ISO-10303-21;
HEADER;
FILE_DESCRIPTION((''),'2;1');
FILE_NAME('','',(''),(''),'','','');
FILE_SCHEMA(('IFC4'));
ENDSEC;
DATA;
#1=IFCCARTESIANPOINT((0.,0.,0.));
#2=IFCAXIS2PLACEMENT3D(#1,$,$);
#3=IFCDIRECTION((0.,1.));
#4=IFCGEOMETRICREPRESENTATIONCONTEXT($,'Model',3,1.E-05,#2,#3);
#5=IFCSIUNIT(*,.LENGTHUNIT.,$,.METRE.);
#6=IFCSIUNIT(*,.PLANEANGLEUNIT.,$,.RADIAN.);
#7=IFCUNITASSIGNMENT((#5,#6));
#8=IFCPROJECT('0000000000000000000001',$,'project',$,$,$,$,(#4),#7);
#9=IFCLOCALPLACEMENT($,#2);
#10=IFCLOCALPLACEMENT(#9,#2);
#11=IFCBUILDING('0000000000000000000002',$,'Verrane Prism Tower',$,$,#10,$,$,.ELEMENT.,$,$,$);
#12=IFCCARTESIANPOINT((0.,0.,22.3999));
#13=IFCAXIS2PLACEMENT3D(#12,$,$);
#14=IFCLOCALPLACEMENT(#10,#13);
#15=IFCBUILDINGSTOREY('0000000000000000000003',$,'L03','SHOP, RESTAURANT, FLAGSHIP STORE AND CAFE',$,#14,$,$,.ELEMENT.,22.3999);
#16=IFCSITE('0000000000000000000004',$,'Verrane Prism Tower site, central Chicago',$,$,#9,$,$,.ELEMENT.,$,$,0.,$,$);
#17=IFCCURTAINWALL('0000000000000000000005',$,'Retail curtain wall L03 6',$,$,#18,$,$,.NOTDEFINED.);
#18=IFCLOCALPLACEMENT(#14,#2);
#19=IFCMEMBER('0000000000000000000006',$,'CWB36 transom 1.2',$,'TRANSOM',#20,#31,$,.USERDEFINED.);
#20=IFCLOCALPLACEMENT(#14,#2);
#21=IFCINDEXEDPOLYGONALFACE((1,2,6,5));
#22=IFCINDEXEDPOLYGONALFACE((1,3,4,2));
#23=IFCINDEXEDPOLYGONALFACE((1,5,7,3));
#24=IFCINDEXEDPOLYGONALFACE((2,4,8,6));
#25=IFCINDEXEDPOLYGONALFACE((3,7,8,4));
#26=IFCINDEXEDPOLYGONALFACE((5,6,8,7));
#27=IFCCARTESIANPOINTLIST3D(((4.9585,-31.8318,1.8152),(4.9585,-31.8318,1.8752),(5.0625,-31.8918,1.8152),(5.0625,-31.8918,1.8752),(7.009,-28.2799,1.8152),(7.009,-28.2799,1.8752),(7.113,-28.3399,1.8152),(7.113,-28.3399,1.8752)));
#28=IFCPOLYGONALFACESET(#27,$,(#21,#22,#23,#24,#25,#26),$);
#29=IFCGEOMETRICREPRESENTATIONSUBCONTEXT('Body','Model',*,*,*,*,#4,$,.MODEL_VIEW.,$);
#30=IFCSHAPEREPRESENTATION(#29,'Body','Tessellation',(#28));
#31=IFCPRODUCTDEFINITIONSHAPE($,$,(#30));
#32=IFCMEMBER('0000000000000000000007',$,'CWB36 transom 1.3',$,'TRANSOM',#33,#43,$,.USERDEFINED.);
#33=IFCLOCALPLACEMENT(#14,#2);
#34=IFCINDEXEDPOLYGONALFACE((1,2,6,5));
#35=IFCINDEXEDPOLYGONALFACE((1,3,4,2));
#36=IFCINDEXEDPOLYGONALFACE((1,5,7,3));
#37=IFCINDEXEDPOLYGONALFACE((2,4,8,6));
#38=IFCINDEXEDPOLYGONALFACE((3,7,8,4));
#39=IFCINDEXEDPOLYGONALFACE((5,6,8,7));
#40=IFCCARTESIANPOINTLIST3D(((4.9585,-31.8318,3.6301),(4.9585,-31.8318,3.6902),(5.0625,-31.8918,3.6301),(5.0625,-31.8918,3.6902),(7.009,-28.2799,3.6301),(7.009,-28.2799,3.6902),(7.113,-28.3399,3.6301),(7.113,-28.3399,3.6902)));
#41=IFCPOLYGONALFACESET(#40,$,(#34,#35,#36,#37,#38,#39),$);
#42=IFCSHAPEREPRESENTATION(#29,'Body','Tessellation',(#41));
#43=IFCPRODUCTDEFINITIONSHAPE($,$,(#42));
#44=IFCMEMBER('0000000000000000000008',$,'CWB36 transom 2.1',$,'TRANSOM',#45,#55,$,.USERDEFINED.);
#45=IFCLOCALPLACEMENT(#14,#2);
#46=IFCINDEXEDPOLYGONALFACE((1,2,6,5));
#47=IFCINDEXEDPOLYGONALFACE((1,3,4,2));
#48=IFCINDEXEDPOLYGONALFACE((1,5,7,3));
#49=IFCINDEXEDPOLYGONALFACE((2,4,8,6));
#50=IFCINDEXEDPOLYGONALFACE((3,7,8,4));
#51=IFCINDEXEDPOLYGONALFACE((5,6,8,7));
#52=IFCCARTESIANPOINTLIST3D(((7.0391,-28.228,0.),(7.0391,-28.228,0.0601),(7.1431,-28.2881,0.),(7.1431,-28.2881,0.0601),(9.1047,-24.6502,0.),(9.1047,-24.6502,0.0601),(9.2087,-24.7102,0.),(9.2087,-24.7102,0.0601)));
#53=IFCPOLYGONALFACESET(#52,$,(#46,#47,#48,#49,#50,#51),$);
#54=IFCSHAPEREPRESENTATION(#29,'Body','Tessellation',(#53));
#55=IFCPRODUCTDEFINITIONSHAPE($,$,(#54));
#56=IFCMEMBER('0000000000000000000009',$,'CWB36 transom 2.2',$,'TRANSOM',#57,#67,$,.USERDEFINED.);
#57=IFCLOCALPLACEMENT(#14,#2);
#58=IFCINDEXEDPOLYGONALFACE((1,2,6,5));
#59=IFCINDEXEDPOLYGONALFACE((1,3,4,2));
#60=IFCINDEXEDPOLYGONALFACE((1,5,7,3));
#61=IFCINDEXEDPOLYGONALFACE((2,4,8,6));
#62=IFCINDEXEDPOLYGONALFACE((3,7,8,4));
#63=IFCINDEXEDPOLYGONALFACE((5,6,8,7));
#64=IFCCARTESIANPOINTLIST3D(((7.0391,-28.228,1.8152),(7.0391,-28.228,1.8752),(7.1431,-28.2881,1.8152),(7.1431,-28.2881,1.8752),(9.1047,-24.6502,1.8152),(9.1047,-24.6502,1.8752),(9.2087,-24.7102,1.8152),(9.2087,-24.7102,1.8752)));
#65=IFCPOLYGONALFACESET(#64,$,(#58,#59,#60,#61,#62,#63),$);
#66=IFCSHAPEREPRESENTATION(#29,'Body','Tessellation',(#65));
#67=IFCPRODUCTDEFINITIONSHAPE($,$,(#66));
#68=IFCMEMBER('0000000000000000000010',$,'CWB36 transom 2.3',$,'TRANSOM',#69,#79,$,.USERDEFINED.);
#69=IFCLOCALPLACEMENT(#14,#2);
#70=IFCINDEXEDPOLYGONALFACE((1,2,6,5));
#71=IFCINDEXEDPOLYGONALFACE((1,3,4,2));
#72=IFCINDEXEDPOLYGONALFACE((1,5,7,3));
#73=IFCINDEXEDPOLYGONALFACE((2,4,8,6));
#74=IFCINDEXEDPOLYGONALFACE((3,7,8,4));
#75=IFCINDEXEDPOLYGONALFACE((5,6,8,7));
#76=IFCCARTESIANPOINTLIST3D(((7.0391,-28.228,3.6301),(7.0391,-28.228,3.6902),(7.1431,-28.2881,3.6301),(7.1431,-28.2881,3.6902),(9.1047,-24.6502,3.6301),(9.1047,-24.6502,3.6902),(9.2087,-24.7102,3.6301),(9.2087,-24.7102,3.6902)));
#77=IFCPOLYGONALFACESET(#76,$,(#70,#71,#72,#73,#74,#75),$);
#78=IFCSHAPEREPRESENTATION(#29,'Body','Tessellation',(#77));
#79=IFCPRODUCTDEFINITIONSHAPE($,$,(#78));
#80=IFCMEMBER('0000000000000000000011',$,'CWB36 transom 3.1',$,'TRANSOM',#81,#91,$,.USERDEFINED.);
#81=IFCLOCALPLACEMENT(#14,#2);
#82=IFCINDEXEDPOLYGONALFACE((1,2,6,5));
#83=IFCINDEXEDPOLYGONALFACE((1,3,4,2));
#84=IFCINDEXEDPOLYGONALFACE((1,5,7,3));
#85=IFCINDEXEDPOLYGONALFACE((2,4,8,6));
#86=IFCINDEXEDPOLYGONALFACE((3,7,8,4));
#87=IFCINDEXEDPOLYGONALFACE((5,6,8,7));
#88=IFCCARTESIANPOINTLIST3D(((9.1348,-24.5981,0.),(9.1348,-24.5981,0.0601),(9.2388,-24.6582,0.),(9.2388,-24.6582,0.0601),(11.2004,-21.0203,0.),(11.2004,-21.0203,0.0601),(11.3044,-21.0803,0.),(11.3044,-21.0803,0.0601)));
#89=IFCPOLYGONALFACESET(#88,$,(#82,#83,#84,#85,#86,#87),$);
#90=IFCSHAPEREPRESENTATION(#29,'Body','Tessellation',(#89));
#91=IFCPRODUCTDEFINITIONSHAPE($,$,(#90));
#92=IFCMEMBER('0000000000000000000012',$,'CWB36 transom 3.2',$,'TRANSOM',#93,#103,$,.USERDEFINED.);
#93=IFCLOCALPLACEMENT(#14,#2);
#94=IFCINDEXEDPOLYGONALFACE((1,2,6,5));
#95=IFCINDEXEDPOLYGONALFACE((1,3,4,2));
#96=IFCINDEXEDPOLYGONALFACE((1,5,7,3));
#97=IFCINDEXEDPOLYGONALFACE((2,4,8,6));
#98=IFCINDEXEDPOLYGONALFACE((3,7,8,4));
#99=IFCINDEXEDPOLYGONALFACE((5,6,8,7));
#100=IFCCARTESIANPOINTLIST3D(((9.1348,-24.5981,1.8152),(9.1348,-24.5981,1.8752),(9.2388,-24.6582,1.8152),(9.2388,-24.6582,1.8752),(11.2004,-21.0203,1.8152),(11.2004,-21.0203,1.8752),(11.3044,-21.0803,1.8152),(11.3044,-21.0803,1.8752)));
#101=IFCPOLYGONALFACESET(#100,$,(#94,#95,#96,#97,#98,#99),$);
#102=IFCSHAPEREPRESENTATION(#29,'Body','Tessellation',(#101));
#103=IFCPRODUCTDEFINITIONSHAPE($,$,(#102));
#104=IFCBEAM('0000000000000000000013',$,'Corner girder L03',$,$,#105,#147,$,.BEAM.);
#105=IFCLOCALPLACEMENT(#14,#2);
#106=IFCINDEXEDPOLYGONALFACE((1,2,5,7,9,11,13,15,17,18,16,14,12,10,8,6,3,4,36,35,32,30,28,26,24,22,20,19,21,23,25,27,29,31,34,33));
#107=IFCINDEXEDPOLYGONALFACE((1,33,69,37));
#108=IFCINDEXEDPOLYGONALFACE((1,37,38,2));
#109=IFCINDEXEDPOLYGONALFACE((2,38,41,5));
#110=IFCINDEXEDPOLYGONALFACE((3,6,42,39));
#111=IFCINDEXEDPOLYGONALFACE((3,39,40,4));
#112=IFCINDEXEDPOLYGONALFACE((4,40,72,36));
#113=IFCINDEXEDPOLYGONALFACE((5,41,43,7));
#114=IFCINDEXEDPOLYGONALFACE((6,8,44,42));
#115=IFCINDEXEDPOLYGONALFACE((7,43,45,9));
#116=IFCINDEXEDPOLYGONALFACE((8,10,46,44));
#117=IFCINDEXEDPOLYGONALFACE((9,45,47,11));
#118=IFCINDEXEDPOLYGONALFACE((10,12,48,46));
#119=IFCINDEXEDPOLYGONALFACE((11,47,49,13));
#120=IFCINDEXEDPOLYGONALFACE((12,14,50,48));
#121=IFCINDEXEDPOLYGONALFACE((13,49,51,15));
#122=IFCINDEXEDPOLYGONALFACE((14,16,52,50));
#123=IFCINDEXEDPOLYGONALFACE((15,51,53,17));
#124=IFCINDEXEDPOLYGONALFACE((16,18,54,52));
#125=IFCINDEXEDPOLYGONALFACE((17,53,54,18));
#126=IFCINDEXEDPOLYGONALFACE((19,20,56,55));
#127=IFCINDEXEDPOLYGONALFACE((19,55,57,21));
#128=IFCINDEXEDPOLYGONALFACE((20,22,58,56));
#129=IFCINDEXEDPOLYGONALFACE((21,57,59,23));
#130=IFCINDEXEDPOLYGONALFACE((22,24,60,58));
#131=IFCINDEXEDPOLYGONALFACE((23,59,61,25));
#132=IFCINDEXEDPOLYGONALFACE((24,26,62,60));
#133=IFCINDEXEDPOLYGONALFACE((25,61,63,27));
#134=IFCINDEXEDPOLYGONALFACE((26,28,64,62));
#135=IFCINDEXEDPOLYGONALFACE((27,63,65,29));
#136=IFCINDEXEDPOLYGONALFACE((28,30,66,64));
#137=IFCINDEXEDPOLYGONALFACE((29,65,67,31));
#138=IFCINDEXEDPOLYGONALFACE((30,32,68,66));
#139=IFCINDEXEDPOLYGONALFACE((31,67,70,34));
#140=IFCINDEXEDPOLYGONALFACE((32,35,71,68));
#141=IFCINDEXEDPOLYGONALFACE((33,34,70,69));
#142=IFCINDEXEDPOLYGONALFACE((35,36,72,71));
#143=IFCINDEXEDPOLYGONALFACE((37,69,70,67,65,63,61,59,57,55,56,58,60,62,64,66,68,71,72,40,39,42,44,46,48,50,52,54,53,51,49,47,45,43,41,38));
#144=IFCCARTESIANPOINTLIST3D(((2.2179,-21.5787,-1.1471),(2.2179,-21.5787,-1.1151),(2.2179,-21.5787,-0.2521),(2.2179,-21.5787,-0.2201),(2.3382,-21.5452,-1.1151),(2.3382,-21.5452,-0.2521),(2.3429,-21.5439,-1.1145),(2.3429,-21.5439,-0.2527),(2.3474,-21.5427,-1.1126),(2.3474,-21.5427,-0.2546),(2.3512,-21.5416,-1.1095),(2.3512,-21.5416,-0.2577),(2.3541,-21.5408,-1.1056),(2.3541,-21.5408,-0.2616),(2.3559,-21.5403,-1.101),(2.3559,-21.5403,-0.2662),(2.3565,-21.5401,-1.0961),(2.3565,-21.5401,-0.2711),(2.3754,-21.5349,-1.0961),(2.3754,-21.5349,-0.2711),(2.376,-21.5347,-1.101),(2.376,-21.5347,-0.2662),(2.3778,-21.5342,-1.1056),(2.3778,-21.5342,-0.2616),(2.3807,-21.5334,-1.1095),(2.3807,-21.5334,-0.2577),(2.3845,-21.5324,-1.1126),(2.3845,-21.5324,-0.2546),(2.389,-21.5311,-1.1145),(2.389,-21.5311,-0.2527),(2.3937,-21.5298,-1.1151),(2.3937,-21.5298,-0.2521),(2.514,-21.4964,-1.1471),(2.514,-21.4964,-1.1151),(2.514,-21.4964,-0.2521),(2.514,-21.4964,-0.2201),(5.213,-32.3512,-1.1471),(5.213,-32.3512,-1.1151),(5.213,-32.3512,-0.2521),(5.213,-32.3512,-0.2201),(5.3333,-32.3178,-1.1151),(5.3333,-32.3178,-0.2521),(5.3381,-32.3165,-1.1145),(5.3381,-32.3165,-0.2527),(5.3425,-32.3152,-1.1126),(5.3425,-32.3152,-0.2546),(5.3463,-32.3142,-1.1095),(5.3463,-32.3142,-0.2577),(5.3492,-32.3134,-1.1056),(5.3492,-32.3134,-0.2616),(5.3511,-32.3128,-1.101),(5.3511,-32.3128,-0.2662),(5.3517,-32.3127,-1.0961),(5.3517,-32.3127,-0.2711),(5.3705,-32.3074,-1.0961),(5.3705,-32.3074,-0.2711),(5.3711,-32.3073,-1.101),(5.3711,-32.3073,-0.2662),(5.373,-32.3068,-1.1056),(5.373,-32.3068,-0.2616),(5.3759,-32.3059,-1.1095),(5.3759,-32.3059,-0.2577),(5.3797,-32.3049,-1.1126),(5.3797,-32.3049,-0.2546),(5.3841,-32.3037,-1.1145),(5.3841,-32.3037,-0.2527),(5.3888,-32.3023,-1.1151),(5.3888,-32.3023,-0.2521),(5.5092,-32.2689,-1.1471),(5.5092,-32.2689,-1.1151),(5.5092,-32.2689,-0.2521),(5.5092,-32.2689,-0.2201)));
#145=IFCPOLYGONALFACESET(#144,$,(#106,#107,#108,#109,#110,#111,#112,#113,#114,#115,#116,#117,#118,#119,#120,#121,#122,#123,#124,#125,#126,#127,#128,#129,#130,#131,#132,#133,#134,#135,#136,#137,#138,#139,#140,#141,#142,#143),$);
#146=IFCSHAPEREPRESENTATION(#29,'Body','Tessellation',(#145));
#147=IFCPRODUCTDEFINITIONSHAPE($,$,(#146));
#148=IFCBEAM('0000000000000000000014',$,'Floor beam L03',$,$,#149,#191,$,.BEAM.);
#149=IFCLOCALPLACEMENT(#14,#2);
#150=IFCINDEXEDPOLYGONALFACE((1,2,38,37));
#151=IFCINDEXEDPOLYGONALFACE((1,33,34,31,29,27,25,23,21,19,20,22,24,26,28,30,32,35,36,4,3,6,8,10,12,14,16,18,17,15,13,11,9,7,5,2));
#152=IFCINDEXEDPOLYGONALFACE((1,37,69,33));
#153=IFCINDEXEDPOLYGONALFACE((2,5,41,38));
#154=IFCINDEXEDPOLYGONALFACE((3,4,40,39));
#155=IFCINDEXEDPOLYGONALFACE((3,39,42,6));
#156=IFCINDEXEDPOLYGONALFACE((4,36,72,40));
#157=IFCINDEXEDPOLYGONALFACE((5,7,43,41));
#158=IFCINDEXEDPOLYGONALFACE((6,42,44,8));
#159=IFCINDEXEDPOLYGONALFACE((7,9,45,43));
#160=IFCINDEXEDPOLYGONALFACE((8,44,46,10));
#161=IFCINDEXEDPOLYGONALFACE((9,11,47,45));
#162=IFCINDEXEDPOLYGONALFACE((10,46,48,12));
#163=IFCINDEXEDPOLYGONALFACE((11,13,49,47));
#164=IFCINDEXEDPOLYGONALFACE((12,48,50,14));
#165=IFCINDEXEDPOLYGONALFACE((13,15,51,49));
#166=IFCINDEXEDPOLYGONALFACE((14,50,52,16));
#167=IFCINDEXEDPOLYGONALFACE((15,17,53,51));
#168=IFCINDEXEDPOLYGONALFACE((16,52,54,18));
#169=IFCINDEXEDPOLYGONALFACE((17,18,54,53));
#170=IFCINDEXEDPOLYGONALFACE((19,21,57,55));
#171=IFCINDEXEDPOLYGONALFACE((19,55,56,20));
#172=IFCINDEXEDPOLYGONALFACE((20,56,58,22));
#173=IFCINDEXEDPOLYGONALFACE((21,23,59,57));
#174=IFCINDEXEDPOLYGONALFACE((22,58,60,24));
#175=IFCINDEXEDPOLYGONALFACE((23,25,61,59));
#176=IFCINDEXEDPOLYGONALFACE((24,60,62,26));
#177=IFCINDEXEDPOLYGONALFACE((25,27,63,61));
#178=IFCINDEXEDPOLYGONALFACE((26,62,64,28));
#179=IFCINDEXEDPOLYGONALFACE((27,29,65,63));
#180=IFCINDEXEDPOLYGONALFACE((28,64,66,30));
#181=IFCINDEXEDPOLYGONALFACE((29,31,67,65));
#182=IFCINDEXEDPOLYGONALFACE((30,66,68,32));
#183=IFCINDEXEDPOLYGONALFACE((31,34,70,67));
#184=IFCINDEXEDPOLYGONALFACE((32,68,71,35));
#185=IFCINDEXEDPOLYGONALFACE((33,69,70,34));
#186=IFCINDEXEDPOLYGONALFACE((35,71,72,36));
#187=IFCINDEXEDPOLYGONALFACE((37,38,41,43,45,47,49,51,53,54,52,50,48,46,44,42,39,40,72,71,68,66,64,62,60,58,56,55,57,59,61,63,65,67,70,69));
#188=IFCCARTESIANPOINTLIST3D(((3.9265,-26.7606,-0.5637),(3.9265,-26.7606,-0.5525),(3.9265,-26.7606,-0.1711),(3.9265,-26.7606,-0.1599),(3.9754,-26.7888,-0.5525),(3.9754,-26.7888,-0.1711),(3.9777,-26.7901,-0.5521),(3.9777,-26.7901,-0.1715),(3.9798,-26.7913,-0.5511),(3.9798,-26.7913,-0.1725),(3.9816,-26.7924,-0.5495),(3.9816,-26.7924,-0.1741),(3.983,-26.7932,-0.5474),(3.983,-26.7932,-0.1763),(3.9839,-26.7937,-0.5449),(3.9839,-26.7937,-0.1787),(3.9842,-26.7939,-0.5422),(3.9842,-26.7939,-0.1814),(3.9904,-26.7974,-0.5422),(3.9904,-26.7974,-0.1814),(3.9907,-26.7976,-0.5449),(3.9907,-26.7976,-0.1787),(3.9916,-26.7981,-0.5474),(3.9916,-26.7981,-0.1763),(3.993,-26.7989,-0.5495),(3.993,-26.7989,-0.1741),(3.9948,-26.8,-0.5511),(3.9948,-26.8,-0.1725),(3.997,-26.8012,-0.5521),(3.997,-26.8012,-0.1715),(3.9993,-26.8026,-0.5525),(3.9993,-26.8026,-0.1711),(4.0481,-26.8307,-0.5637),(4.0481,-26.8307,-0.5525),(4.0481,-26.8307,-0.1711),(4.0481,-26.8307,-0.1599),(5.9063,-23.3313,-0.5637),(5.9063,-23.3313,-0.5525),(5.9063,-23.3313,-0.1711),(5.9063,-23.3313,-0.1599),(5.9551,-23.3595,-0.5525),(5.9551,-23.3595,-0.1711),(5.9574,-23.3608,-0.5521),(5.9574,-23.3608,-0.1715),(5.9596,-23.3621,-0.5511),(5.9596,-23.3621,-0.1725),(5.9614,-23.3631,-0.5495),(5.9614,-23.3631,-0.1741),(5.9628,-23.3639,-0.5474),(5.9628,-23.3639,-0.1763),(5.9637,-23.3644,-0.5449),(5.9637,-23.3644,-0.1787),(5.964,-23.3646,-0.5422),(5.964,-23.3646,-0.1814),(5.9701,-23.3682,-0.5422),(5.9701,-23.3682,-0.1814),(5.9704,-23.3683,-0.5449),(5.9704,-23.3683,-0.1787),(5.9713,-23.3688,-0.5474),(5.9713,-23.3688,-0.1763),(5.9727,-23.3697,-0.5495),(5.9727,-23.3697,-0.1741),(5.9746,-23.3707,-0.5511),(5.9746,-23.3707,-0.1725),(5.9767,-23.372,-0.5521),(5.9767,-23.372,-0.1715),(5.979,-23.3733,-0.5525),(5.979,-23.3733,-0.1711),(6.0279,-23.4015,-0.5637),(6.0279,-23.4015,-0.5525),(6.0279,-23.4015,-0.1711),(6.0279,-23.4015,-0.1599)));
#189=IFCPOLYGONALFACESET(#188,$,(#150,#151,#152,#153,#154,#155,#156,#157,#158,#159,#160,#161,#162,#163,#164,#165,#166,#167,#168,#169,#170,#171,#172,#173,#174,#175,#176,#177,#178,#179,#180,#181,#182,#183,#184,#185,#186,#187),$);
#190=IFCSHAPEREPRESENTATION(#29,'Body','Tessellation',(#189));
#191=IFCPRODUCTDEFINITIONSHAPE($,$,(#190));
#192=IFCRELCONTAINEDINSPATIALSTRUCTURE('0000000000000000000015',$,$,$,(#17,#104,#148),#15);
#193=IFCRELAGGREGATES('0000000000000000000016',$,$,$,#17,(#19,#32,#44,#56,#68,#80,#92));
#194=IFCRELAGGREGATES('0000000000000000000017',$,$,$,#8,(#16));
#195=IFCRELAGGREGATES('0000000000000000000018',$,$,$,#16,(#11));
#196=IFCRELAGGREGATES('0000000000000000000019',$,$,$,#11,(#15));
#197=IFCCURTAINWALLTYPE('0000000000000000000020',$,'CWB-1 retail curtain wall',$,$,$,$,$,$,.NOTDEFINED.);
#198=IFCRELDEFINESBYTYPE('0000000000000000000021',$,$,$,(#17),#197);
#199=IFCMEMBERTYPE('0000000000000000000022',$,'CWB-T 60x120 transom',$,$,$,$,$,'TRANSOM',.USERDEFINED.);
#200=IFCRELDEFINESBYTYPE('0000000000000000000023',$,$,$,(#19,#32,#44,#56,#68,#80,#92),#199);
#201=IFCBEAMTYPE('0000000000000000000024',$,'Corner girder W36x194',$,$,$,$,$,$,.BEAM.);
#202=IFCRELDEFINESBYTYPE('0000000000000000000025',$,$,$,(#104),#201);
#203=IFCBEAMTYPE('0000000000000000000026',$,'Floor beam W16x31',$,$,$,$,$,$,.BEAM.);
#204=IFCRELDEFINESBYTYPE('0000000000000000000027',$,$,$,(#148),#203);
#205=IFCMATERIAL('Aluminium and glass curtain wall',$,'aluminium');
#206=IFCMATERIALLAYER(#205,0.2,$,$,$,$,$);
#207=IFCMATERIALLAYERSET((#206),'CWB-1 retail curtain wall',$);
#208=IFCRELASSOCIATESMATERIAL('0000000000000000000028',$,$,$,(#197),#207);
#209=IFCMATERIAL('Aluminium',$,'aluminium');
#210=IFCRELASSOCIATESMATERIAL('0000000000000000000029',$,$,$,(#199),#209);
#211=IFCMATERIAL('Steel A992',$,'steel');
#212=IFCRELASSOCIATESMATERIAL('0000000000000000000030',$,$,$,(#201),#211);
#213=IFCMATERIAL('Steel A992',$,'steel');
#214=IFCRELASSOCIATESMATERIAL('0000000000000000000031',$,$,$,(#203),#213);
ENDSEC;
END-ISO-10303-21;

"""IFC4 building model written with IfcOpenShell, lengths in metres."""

from ifc_helpers import new_model, si_unit, direction, frame, origin, origin_2d, place, context, subcontext, project, spatial, rectangle, i_section, extrude, material, layer, layer_set, material_profile, profile_set, type_object, element, aggregate, save


model = new_model("IFC4")

# Units and contexts
model_context = context("Model", 3, precision=1e-05, world=origin(), true_north=direction((0.0, 1.0)))
body_context = subcontext(model_context, "Body", "Model", "MODEL_VIEW")
ifc_project = project(units=[si_unit("LENGTHUNIT", "METRE"), si_unit("PLANEANGLEUNIT", "RADIAN")], contexts=[model_context])

# Site, building, storey
site_placement = place(None, origin())
site = spatial("IfcSite", under=ifc_project, at=site_placement, Name="Verrane Prism Tower site, central Chicago", CompositionType="ELEMENT", RefElevation=0.0)
building_placement = place(site_placement, origin())
building = spatial("IfcBuilding", under=site, at=building_placement, Name="Verrane Prism Tower", CompositionType="ELEMENT")
storey_placement = place(building_placement, frame((0.0, 0.0, 22.3999)))
storey = spatial("IfcBuildingStorey", under=building, at=storey_placement, Name="L03", Description="SHOP, RESTAURANT, FLAGSHIP STORE AND CAFE", CompositionType="ELEMENT", Elevation=22.3999)

# Curtain wall
ifc_material_1 = material(Name="Aluminium and glass curtain wall", Category="aluminium")
ifc_layer_1 = layer(ifc_material_1, 0.2)
ifc_layer_set_1 = layer_set([ifc_layer_1], Name="CWB-1 retail curtain wall")
curtain_wall_type = type_object("IfcCurtainWallType", Name="CWB-1 retail curtain wall", PredefinedType="NOTDEFINED", material=ifc_layer_set_1)
curtain_wall_1_placement = place(storey_placement, origin())
curtain_wall_1 = element("IfcCurtainWall", 1, at=curtain_wall_1_placement, inside=storey, type_object=curtain_wall_type, Name="Retail curtain wall L03 6", PredefinedType="NOTDEFINED")

# Members
ifc_material_2 = material(Name="Aluminium", Category="aluminium")
ifc_material_profile_1 = material_profile(ifc_material_2, rectangle(XDim=0.1201, YDim=0.0601, at=origin_2d()), Name="CWB-T 60x120 transom")
ifc_profile_set_1 = profile_set([ifc_material_profile_1], Name="Aluminium")
member_type_1 = type_object("IfcMemberType", Name="CWB-T 60x120 transom", ElementType="TRANSOM", PredefinedType="USERDEFINED", material=ifc_profile_set_1)
member_1_placement = place(storey_placement, frame((5.0105, -31.8618, 1.8452), z_axis=(0.499961, 0.866048, 0.0), x_axis=(-0.866048, 0.499961, 0.0)))
member_1 = element("IfcMember", 2, at=member_1_placement, type_object=member_type_1, Name="CWB36 transom 1.2", ObjectType="TRANSOM", PredefinedType="USERDEFINED", context=body_context, shape_type="SweptSolid", body=[
    extrude(rectangle(XDim=0.1201, YDim=0.0601, at=origin_2d()), origin(), (0.0, 0.0, 1.0), 4.1013),
])
member_2_placement = place(storey_placement, frame((5.0105, -31.8618, 3.6602), z_axis=(0.499961, 0.866048, 0.0), x_axis=(-0.866048, 0.499961, 0.0)))
member_2 = element("IfcMember", 3, at=member_2_placement, type_object=member_type_1, Name="CWB36 transom 1.3", ObjectType="TRANSOM", PredefinedType="USERDEFINED", context=body_context, shape_type="SweptSolid", body=[
    extrude(rectangle(XDim=0.1201, YDim=0.0601, at=origin_2d()), origin(), (0.0, 0.0, 1.0), 4.1013),
])
member_3_placement = place(storey_placement, frame((7.0911, -28.2581, 0.03), z_axis=(0.499997, 0.866027, 0.0), x_axis=(-0.866027, 0.499997, 0.0)))
member_3 = element("IfcMember", 4, at=member_3_placement, type_object=member_type_1, Name="CWB36 transom 2.1", ObjectType="TRANSOM", PredefinedType="USERDEFINED", context=body_context, shape_type="SweptSolid", body=[
    extrude(rectangle(XDim=0.1201, YDim=0.0601, at=origin_2d()), origin(), (0.0, 0.0, 1.0), 4.1313),
])
member_4_placement = place(storey_placement, frame((7.0911, -28.2581, 1.8452), z_axis=(0.499997, 0.866027, 0.0), x_axis=(-0.866027, 0.499997, 0.0)))
member_4 = element("IfcMember", 5, at=member_4_placement, type_object=member_type_1, Name="CWB36 transom 2.2", ObjectType="TRANSOM", PredefinedType="USERDEFINED", context=body_context, shape_type="SweptSolid", body=[
    extrude(rectangle(XDim=0.1201, YDim=0.0601, at=origin_2d()), origin(), (0.0, 0.0, 1.0), 4.1313),
])
member_5_placement = place(storey_placement, frame((7.0911, -28.2581, 3.6602), z_axis=(0.499997, 0.866027, 0.0), x_axis=(-0.866027, 0.499997, 0.0)))
member_5 = element("IfcMember", 6, at=member_5_placement, type_object=member_type_1, Name="CWB36 transom 2.3", ObjectType="TRANSOM", PredefinedType="USERDEFINED", context=body_context, shape_type="SweptSolid", body=[
    extrude(rectangle(XDim=0.1201, YDim=0.0601, at=origin_2d()), origin(), (0.0, 0.0, 1.0), 4.1313),
])
member_6_placement = place(storey_placement, frame((9.1868, -24.6282, 0.03), z_axis=(0.499997, 0.866027, 0.0), x_axis=(-0.866027, 0.499997, 0.0)))
member_6 = element("IfcMember", 7, at=member_6_placement, type_object=member_type_1, Name="CWB36 transom 3.1", ObjectType="TRANSOM", PredefinedType="USERDEFINED", context=body_context, shape_type="SweptSolid", body=[
    extrude(rectangle(XDim=0.1201, YDim=0.0601, at=origin_2d()), origin(), (0.0, 0.0, 1.0), 4.1313),
])
member_7_placement = place(storey_placement, frame((9.1868, -24.6282, 1.8452), z_axis=(0.499997, 0.866027, 0.0), x_axis=(-0.866027, 0.499997, 0.0)))
member_7 = element("IfcMember", 8, at=member_7_placement, type_object=member_type_1, Name="CWB36 transom 3.2", ObjectType="TRANSOM", PredefinedType="USERDEFINED", context=body_context, shape_type="SweptSolid", body=[
    extrude(rectangle(XDim=0.1201, YDim=0.0601, at=origin_2d()), origin(), (0.0, 0.0, 1.0), 4.1313),
])

# Beams
ifc_material_3 = material(Name="Steel A992", Category="steel")
ifc_material_profile_2 = material_profile(ifc_material_3, i_section(OverallWidth=0.3074, OverallDepth=0.927, WebThickness=0.0195, FlangeThickness=0.032, FilletRadius=0.019, at=origin_2d()), Name="W36x194")
ifc_profile_set_2 = profile_set([ifc_material_profile_2], Name="Steel A992")
beam_type_1 = type_object("IfcBeamType", Name="Corner girder W36x194", PredefinedType="BEAM", material=ifc_profile_set_2)
beam_1_placement = place(storey_placement, frame((5.3611, -32.3101, -0.6836), z_axis=(-0.267874, 0.963454, 0.0), x_axis=(-0.963454, -0.267874, 0.0)))
element("IfcBeam", 9, at=beam_1_placement, inside=storey, type_object=beam_type_1, Name="Corner girder L03", PredefinedType="BEAM", context=body_context, shape_type="SweptSolid", body=[
    extrude(i_section(OverallWidth=0.3074, OverallDepth=0.927, WebThickness=0.0195, FlangeThickness=0.032, FilletRadius=0.019, at=origin_2d()), origin(), (0.0, 0.0, 1.0), 11.1812),
])
ifc_material_4 = material(Name="Steel A992", Category="steel")
ifc_material_profile_3 = material_profile(ifc_material_4, i_section(OverallWidth=0.1404, OverallDepth=0.4038, WebThickness=0.0071, FlangeThickness=0.0112, FilletRadius=0.0103, at=origin_2d()), Name="W16x31")
ifc_profile_set_3 = profile_set([ifc_material_profile_3], Name="Steel A992")
beam_type_2 = type_object("IfcBeamType", Name="Floor beam W16x31", PredefinedType="BEAM", material=ifc_profile_set_3)
beam_2_placement = place(storey_placement, frame((3.9873, -26.7957, -0.3618), z_axis=(0.499979, 0.866038, 0.0), x_axis=(-0.866038, 0.499979, 0.0)))
element("IfcBeam", 10, at=beam_2_placement, inside=storey, type_object=beam_type_2, Name="Floor beam L03", PredefinedType="BEAM", context=body_context, shape_type="SweptSolid", body=[
    extrude(i_section(OverallWidth=0.1404, OverallDepth=0.4038, WebThickness=0.0071, FlangeThickness=0.0112, FilletRadius=0.0103, at=origin_2d()), origin(), (0.0, 0.0, 1.0), 3.9597),
])

aggregate(curtain_wall_1, [member_1, member_2, member_3, member_4, member_5, member_6, member_7])

save(model, "model.ifc")
